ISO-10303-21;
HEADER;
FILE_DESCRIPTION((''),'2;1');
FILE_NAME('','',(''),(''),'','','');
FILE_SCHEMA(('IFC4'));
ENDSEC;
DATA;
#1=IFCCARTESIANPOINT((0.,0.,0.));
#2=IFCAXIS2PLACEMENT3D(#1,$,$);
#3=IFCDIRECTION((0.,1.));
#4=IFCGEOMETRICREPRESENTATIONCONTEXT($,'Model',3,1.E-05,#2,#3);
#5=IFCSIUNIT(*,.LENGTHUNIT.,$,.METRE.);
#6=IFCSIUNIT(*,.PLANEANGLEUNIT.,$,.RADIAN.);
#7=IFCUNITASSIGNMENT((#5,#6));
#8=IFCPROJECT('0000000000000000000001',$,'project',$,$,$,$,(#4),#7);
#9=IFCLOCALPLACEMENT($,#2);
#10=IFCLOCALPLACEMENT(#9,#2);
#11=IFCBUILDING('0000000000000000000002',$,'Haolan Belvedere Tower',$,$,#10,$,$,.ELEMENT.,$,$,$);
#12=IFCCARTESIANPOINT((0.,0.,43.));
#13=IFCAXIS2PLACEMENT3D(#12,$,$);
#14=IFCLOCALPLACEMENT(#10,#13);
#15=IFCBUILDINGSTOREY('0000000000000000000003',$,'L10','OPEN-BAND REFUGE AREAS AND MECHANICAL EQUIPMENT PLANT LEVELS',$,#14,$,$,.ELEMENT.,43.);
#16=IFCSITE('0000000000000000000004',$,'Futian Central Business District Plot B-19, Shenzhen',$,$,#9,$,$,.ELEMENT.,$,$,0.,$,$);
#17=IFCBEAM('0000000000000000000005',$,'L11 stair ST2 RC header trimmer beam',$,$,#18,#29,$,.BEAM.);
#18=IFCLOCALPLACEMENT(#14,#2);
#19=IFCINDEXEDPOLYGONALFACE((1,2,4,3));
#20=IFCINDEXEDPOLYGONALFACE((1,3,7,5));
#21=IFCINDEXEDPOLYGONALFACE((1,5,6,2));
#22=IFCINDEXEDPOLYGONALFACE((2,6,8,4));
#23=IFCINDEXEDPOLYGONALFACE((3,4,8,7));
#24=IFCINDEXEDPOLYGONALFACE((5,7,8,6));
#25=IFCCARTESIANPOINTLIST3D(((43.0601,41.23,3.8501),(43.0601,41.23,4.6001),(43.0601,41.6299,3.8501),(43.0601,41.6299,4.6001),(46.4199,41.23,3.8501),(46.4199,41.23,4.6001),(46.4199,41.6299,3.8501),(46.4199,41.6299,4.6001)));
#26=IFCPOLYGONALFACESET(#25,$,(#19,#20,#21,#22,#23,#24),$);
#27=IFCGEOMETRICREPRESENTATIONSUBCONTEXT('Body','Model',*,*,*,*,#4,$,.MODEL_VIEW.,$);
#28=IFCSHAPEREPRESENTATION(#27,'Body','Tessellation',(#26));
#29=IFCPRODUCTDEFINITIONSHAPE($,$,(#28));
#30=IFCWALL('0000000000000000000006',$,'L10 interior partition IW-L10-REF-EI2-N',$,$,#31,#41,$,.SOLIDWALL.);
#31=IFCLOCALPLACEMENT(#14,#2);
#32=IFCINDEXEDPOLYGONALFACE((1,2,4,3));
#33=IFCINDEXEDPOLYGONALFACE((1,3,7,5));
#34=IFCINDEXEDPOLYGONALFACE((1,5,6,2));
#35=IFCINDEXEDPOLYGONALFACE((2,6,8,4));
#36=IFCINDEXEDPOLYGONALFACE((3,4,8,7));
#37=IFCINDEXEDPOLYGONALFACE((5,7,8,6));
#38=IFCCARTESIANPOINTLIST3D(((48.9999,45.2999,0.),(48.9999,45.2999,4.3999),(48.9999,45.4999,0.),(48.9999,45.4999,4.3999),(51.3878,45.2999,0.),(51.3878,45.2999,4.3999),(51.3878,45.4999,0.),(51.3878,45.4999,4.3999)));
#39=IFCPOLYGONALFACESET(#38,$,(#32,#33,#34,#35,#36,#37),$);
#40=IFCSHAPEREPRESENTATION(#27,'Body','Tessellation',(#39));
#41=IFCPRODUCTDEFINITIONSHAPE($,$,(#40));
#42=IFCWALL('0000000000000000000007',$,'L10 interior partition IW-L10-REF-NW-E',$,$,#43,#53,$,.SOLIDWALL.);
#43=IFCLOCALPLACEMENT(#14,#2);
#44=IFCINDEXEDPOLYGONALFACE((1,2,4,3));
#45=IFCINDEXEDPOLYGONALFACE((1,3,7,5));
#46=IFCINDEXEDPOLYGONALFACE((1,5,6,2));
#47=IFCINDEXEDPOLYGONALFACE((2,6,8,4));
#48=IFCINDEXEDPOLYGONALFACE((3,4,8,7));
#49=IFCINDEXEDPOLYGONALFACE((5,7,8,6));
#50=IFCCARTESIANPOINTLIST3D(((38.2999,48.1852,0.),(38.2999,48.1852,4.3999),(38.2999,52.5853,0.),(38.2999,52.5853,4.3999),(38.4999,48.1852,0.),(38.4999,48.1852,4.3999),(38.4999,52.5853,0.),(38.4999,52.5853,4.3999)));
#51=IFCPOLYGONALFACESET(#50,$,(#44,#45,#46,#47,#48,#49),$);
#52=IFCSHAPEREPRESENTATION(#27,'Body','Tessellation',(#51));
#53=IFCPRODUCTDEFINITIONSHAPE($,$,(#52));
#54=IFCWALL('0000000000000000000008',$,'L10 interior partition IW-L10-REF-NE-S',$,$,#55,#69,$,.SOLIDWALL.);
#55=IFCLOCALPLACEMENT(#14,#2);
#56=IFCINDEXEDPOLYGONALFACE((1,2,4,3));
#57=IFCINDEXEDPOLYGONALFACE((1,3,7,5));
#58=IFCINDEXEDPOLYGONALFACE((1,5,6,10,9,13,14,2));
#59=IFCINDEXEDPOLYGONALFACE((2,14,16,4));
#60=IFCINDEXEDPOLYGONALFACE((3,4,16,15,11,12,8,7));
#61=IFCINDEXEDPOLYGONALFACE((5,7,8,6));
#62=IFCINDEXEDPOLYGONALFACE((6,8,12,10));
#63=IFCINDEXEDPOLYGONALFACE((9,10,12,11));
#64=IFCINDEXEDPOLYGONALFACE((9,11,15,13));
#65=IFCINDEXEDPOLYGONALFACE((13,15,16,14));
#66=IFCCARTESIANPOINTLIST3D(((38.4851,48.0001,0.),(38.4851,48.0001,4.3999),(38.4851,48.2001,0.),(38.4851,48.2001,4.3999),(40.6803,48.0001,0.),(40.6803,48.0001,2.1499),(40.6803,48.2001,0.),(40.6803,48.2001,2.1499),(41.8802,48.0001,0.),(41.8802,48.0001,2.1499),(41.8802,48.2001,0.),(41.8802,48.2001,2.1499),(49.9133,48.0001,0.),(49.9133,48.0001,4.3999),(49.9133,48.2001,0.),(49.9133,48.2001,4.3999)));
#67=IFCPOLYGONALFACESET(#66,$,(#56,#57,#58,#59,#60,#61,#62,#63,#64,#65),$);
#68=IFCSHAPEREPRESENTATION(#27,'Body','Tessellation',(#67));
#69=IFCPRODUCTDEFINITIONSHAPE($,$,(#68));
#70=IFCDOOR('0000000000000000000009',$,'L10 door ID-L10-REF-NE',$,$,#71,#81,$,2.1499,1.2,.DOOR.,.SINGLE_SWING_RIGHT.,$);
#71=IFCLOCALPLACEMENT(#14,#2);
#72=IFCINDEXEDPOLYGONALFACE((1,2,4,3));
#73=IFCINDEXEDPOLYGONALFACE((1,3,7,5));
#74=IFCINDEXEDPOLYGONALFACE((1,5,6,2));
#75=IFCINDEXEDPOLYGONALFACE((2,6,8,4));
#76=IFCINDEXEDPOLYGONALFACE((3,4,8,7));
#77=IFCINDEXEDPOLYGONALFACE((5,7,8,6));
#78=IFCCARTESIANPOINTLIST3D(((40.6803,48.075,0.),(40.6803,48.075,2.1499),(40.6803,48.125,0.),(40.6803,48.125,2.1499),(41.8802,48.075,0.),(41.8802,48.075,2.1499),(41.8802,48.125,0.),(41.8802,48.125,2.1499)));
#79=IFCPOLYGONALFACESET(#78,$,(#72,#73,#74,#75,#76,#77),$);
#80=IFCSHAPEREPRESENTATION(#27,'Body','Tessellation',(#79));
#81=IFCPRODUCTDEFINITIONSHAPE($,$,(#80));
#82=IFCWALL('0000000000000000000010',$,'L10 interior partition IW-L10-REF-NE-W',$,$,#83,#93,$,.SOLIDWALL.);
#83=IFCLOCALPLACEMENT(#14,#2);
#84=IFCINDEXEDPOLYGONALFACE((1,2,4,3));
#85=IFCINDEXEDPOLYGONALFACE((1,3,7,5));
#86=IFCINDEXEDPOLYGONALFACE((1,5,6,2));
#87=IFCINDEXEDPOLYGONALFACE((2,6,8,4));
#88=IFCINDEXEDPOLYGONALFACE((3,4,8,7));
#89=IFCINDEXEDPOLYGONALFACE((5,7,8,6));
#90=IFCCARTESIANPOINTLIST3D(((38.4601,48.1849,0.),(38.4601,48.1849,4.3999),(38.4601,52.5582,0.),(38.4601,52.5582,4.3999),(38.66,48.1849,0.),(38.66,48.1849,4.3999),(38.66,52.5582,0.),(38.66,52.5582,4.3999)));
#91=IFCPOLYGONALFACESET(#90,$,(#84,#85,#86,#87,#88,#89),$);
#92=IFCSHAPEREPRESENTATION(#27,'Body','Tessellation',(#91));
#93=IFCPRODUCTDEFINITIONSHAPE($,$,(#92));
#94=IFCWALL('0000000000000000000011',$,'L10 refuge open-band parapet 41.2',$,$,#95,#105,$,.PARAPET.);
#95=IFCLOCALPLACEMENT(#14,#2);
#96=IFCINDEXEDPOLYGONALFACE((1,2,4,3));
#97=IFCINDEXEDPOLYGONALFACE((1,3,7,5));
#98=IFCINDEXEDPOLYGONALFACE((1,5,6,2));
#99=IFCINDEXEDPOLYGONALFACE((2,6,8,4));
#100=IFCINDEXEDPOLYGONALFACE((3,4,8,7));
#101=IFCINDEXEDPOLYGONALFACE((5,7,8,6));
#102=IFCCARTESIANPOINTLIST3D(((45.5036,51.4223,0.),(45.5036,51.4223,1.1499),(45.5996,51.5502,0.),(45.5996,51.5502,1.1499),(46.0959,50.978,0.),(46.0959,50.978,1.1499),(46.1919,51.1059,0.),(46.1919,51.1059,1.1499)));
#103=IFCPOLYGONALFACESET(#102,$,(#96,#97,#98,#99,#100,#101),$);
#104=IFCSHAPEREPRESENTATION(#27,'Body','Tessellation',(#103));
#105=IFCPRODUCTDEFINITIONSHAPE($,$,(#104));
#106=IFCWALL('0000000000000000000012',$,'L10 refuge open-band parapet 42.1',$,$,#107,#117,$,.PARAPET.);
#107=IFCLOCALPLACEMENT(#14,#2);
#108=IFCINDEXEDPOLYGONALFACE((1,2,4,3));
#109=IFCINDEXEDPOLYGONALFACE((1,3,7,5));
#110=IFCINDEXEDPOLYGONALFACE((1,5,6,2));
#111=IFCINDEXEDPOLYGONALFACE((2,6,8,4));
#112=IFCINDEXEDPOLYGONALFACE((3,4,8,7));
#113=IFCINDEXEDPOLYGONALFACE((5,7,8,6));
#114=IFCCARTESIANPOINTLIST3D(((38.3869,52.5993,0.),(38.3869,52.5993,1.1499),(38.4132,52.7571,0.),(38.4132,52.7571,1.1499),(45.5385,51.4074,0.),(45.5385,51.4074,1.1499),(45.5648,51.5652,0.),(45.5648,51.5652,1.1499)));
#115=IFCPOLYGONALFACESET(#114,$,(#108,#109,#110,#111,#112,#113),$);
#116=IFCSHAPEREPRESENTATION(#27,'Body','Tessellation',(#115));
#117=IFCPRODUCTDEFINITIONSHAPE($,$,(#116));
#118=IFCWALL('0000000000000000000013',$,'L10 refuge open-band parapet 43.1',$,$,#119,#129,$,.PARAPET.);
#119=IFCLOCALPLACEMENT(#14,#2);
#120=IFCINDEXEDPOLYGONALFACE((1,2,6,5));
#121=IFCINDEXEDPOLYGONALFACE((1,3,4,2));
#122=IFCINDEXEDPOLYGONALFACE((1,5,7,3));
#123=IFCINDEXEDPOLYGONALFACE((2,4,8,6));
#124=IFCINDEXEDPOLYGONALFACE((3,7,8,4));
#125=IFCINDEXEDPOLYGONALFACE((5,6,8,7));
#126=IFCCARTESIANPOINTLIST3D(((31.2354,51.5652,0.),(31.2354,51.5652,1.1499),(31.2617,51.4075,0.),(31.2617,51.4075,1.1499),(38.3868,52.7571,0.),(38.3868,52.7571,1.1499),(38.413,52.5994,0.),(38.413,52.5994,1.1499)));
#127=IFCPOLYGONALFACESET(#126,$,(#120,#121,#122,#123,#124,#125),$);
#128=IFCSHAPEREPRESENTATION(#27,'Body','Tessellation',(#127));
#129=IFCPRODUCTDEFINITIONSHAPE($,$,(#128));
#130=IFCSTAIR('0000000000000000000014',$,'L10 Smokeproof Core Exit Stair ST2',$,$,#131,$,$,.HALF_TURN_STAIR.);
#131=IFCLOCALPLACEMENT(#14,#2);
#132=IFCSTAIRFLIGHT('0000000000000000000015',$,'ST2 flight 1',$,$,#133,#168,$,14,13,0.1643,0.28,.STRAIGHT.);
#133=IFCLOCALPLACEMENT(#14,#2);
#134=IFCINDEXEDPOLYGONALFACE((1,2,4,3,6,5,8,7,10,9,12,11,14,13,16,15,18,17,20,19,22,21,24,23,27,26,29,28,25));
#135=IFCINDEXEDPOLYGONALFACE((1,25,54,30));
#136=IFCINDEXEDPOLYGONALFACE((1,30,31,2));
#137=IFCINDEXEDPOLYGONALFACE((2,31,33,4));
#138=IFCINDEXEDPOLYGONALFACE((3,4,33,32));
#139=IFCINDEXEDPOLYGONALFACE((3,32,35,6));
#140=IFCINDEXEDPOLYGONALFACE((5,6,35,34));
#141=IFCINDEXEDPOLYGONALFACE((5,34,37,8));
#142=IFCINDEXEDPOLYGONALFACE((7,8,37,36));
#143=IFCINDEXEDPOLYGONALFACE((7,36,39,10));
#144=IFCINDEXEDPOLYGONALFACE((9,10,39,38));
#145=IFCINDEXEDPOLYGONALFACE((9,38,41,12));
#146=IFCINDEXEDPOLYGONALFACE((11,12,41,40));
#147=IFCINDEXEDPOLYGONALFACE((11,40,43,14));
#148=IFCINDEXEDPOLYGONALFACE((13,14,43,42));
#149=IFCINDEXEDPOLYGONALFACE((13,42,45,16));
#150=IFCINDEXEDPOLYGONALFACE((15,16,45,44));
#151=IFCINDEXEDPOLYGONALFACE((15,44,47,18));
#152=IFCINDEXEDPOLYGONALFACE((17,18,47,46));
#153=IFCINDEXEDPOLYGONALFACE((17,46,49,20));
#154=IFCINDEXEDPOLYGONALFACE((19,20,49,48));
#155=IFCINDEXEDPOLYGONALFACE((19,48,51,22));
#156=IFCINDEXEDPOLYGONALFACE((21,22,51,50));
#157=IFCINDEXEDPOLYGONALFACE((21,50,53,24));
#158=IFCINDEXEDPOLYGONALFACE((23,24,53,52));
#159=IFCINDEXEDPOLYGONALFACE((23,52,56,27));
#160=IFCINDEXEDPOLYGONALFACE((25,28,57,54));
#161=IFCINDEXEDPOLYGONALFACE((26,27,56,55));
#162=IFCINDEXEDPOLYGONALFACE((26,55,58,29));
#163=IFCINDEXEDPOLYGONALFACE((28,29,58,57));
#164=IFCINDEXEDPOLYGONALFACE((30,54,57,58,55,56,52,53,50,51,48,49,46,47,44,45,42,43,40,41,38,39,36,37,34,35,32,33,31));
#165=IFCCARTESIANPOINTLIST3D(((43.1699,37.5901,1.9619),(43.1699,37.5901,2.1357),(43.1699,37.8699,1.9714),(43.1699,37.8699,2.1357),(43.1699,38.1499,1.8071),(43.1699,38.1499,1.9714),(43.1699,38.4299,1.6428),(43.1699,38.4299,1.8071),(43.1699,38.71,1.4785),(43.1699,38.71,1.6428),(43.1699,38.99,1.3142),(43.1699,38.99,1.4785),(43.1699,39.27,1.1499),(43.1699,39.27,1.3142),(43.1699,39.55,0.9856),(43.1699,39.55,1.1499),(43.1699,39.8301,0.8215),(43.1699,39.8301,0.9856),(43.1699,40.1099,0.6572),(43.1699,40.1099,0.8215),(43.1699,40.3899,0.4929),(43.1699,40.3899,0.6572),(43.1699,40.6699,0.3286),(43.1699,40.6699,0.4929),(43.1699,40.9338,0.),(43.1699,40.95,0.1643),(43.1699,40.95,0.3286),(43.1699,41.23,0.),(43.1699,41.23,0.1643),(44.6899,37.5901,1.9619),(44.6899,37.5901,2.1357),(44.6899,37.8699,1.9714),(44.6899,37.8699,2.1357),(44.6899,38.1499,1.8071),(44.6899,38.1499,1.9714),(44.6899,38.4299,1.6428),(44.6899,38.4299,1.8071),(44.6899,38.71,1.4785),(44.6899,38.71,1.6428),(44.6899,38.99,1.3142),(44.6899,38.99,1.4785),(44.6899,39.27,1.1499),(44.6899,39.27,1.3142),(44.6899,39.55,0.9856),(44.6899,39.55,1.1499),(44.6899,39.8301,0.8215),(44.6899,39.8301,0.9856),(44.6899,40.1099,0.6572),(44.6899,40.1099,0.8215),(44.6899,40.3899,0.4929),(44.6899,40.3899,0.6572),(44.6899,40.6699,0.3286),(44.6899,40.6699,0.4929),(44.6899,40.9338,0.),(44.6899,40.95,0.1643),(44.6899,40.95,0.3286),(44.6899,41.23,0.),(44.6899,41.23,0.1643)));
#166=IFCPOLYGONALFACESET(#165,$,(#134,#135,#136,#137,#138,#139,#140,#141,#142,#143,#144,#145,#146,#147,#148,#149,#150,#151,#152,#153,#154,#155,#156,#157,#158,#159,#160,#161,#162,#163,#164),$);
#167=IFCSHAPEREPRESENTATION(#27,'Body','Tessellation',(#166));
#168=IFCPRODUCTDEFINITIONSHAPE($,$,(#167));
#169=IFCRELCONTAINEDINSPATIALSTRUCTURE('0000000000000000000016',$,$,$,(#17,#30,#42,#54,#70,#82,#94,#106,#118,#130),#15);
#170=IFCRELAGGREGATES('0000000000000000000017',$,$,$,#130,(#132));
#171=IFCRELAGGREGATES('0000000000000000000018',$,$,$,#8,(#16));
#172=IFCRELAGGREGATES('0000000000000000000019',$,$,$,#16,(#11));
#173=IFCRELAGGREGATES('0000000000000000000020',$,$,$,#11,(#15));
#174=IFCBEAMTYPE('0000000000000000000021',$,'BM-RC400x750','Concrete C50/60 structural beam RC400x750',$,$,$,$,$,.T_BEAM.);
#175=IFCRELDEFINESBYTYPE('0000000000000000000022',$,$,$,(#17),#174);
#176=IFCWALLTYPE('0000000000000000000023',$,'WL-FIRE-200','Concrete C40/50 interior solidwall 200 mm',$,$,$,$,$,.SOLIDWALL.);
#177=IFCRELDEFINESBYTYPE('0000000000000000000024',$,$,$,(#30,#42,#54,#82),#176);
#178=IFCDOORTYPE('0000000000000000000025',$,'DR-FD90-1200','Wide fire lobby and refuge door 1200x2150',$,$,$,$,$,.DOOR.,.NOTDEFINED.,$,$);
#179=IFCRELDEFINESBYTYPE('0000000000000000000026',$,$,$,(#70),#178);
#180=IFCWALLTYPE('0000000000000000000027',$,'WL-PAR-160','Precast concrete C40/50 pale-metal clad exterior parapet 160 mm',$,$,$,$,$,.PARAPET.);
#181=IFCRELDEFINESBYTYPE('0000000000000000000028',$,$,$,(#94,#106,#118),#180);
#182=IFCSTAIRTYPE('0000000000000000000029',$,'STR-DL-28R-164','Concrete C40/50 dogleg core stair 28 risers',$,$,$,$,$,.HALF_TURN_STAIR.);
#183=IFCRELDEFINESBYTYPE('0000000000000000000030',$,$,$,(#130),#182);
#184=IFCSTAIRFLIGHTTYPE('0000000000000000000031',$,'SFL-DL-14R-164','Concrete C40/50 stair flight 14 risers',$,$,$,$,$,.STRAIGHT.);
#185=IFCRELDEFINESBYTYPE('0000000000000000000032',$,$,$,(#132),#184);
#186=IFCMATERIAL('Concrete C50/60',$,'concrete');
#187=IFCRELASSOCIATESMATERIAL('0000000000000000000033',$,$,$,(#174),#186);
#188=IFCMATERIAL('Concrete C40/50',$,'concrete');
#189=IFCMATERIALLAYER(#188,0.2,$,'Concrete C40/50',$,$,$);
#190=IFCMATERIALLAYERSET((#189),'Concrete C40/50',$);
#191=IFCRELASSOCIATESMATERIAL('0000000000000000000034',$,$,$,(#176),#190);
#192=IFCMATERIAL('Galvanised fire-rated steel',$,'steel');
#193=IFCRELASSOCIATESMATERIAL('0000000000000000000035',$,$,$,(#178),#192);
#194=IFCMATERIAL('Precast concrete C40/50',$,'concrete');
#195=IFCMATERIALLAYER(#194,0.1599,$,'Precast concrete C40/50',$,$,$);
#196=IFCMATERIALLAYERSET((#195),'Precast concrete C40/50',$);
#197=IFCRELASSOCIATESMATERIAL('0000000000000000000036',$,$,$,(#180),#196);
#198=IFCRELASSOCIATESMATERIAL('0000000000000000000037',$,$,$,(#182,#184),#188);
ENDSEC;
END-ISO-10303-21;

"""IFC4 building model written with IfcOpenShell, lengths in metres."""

from ifc_helpers import new_model, si_unit, direction, frame, frame_2d, origin, origin_2d, place, context, subcontext, project, spatial, polyline, rectangle, outline, extrude, material, layer, layer_set, material_profile, profile_set, type_object, element, fill, aggregate, save


model = new_model("IFC4")

# Units and contexts
model_context = context("Model", 3, precision=1e-05, world=origin(), true_north=direction((0.0, 1.0)))
body_context = subcontext(model_context, "Body", "Model", "MODEL_VIEW")
ifc_project = project(units=[si_unit("LENGTHUNIT", "METRE"), si_unit("PLANEANGLEUNIT", "RADIAN")], contexts=[model_context])

# Site, building, storey
site_placement = place(None, origin())
site = spatial("IfcSite", under=ifc_project, at=site_placement, Name="Futian Central Business District Plot B-19, Shenzhen", CompositionType="ELEMENT", RefElevation=0.0)
building_placement = place(site_placement, origin())
building = spatial("IfcBuilding", under=site, at=building_placement, Name="Haolan Belvedere Tower", CompositionType="ELEMENT")
storey_placement = place(building_placement, frame((0.0, 0.0, 43.0)))
storey = spatial("IfcBuildingStorey", under=building, at=storey_placement, Name="L10", Description="OPEN-BAND REFUGE AREAS AND MECHANICAL EQUIPMENT PLANT LEVELS", CompositionType="ELEMENT", Elevation=43.0)

# Beam
ifc_material_1 = material(Name="Concrete C50/60", Category="concrete")
ifc_material_profile_1 = material_profile(ifc_material_1, rectangle(XDim=0.3999, YDim=0.75, at=origin_2d()), Name="Concrete C50/60")
ifc_profile_set_1 = profile_set([ifc_material_profile_1], Name="Concrete C50/60")
beam_type_1 = type_object("IfcBeamType", Name="BM-RC400x750", Description="Concrete C50/60 structural beam RC400x750", PredefinedType="T_BEAM", material=ifc_profile_set_1)
beam_1_placement = place(storey_placement, frame((43.0601, 41.4299, 4.2251), z_axis=(1.0, 0.0, 0.0), x_axis=(0.0, 1.0, 0.0)))
element("IfcBeam", 1, at=beam_1_placement, inside=storey, type_object=beam_type_1, Name="L11 stair ST2 RC header trimmer beam", PredefinedType="BEAM", context=body_context, shape_type="SweptSolid", body=[
    extrude(rectangle(XDim=0.3999, YDim=0.75, at=origin_2d()), origin(), (0.0, 0.0, 1.0), 3.3599),
])

# Shared definitions
ifc_material_2 = material(Name="Concrete C40/50", Category="concrete")
ifc_layer_1 = layer(ifc_material_2, 0.2, Name="Concrete C40/50")
ifc_layer_set_1 = layer_set([ifc_layer_1], Name="Concrete C40/50")
wall_type_1 = type_object("IfcWallType", Name="WL-FIRE-200", Description="Concrete C40/50 interior solidwall 200 mm", PredefinedType="SOLIDWALL", material=ifc_layer_set_1)
ifc_material_3 = material(Name="Galvanised fire-rated steel", Category="steel")

# Walls
wall_1_placement = place(storey_placement, frame((49.0, 45.3999, 0.0), z_axis=(0.0, 0.0, 1.0), x_axis=(1.0, 0.0, 0.0)))
element("IfcWall", 2, at=wall_1_placement, inside=storey, type_object=wall_type_1, Name="L10 interior partition IW-L10-REF-EI2-N", PredefinedType="SOLIDWALL", context=body_context, shape_type="SweptSolid", body=[
    extrude(rectangle(XDim=2.3879, YDim=0.2, at=frame_2d((1.1938, 0.0))), origin(), (0.0, 0.0, 1.0), 4.3999),
])
wall_2_placement = place(storey_placement, frame((38.3999, 48.1851, 0.0), z_axis=(0.0, 0.0, 1.0), x_axis=(0.0, 1.0, 0.0)))
element("IfcWall", 3, at=wall_2_placement, inside=storey, type_object=wall_type_1, Name="L10 interior partition IW-L10-REF-NW-E", PredefinedType="SOLIDWALL", context=body_context, shape_type="SweptSolid", body=[
    extrude(rectangle(XDim=4.4001, YDim=0.2, at=frame_2d((2.2002, 0.0))), origin(), (0.0, 0.0, 1.0), 4.3999),
])

# Wall, opening, door
wall_3_placement = place(storey_placement, frame((38.4851, 48.1001, 0.0), z_axis=(0.0, 0.0, 1.0), x_axis=(1.0, 0.0, 0.0)))
wall_3 = element("IfcWall", 4, at=wall_3_placement, inside=storey, type_object=wall_type_1, Name="L10 interior partition IW-L10-REF-NE-S", PredefinedType="SOLIDWALL", context=body_context, shape_type="SweptSolid", body=[
    extrude(rectangle(XDim=11.4282, YDim=0.2, at=frame_2d((5.7141, 0.0))), origin(), (0.0, 0.0, 1.0), 4.3999),
])
opening_1_placement = place(wall_3_placement, frame((2.1951, 0.0, 0.0)))
opening_1 = element("IfcOpeningElement", 5, at=opening_1_placement, cuts=wall_3, PredefinedType="OPENING", context=body_context, shape_type="SweptSolid", body=[
    extrude(rectangle(XDim=1.2, YDim=2.1499, at=frame_2d((0.6001, 1.075))), frame((0.0, 0.1099, 0.0), z_axis=(0.0, -1.0, 0.0), x_axis=(1.0, 0.0, 0.0)), (0.0, 0.0, 1.0), 0.22),
])
door_type_1 = type_object("IfcDoorType", Name="DR-FD90-1200", Description="Wide fire lobby and refuge door 1200x2150", OperationType="NOTDEFINED", PredefinedType="DOOR", material=ifc_material_3)
door_1_placement = place(opening_1_placement, origin())
door_1 = element("IfcDoor", 6, at=door_1_placement, inside=storey, type_object=door_type_1, Name="L10 door ID-L10-REF-NE", OperationType="SINGLE_SWING_RIGHT", OverallHeight=2.1499, OverallWidth=1.2, PredefinedType="DOOR", context=body_context, shape_type="SweptSolid", body=[
    extrude(rectangle(XDim=1.2, YDim=2.1499, at=frame_2d((0.6001, 1.075))), frame((0.0, 0.0249, 0.0), z_axis=(0.0, -1.0, 0.0), x_axis=(1.0, 0.0, 0.0)), (0.0, 0.0, 1.0), 0.05),
])
fill(opening_1, door_1)

# Walls
wall_4_placement = place(storey_placement, frame((38.5601, 48.1851, 0.0), z_axis=(0.0, 0.0, 1.0), x_axis=(0.0, 1.0, 0.0)))
element("IfcWall", 7, at=wall_4_placement, inside=storey, type_object=wall_type_1, Name="L10 interior partition IW-L10-REF-NE-W", PredefinedType="SOLIDWALL", context=body_context, shape_type="SweptSolid", body=[
    extrude(rectangle(XDim=4.3733, YDim=0.2, at=frame_2d((2.1865, 0.0))), origin(), (0.0, 0.0, 1.0), 4.3999),
])
ifc_material_4 = material(Name="Precast concrete C40/50", Category="concrete")
ifc_layer_2 = layer(ifc_material_4, 0.1599, Name="Precast concrete C40/50")
ifc_layer_set_2 = layer_set([ifc_layer_2], Name="Precast concrete C40/50")
wall_type_2 = type_object("IfcWallType", Name="WL-PAR-160", Description="Precast concrete C40/50 pale-metal clad exterior parapet 160 mm", PredefinedType="PARAPET", material=ifc_layer_set_2)
wall_5_placement = place(storey_placement, frame((46.1438, 51.042, 0.0), z_axis=(0.0, 0.0, 1.0), x_axis=(-0.799921, 0.600106, 0.0)))
element("IfcWall", 8, at=wall_5_placement, inside=storey, type_object=wall_type_2, Name="L10 refuge open-band parapet 41.2", PredefinedType="PARAPET", context=body_context, shape_type="SweptSolid", body=[
    extrude(rectangle(XDim=0.7405, YDim=0.1599, at=frame_2d((0.3701, 0.0))), origin(), (0.0, 0.0, 1.0), 1.1499),
])
wall_6_placement = place(storey_placement, frame((45.5515, 51.4863, 0.0), z_axis=(0.0, 0.0, 1.0), x_axis=(-0.986395, 0.164394, 0.0)))
element("IfcWall", 9, at=wall_6_placement, inside=storey, type_object=wall_type_2, Name="L10 refuge open-band parapet 42.1", PredefinedType="PARAPET", context=body_context, shape_type="SweptSolid", body=[
    extrude(rectangle(XDim=7.2502, YDim=0.1599, at=frame_2d((3.625, 0.0))), origin(), (0.0, 0.0, 1.0), 1.1499),
])
wall_7_placement = place(storey_placement, frame((38.3999, 52.6782, 0.0), z_axis=(0.0, 0.0, 1.0), x_axis=(-0.986394, -0.164399, 0.0)))
element("IfcWall", 10, at=wall_7_placement, inside=storey, type_object=wall_type_2, Name="L10 refuge open-band parapet 43.1", PredefinedType="PARAPET", context=body_context, shape_type="SweptSolid", body=[
    extrude(rectangle(XDim=7.25, YDim=0.1599, at=frame_2d((3.625, 0.0))), origin(), (0.0, 0.0, 1.0), 1.1499),
])

# Stair, stair flight
stair_type = type_object("IfcStairType", Name="STR-DL-28R-164", Description="Concrete C40/50 dogleg core stair 28 risers", PredefinedType="HALF_TURN_STAIR", material=ifc_material_2)
stair_placement = place(storey_placement, origin())
stair = element("IfcStair", 11, at=stair_placement, inside=storey, type_object=stair_type, Name="L10 Smokeproof Core Exit Stair ST2", PredefinedType="HALF_TURN_STAIR")
stair_flight_type = type_object("IfcStairFlightType", Name="SFL-DL-14R-164", Description="Concrete C40/50 stair flight 14 risers", PredefinedType="STRAIGHT", material=ifc_material_2)
stair_flight_placement = place(storey_placement, frame((43.9299, 41.23, 0.0), z_axis=(0.0, 0.0, 1.0), x_axis=(0.0, -1.0, 0.0)))
stair_flight = element("IfcStairFlight", 12, at=stair_flight_placement, type_object=stair_flight_type, Name="ST2 flight 1", NumberOfRisers=14, NumberOfTreads=13, PredefinedType="STRAIGHT", RiserHeight=0.1643, TreadLength=0.28, context=body_context, shape_type="SweptSolid", body=[
    extrude(outline(polyline([(0.0, 0.0), (0.0, 0.1643), (0.28, 0.1643), (0.28, 0.3286), (0.5601, 0.3286), (0.5601, 0.4929), (0.8401, 0.4929), (0.8401, 0.6572), (1.1201, 0.6572), (1.1201, 0.8215), (1.3999, 0.8215), (1.3999, 0.9856), (1.6799, 0.9856), (1.6799, 1.1499), (1.96, 1.1499), (1.96, 1.3142), (2.24, 1.3142), (2.24, 1.4785), (2.52, 1.4785), (2.52, 1.6428), (2.8, 1.6428), (2.8, 1.8071), (3.0801, 1.8071), (3.0801, 1.9714), (3.3601, 1.9714), (3.3601, 2.1357), (3.6399, 2.1357), (3.6399, 2.3), (3.6399, 1.9619), (0.2961, 0.0), (0.0, 0.0)])), frame((0.0, 0.76, 0.0), z_axis=(0.0, -1.0, 0.0), x_axis=(1.0, 0.0, 0.0)), (0.0, 0.0, 1.0), 1.52),
])
aggregate(stair, [stair_flight])

save(model, "model.ifc")
